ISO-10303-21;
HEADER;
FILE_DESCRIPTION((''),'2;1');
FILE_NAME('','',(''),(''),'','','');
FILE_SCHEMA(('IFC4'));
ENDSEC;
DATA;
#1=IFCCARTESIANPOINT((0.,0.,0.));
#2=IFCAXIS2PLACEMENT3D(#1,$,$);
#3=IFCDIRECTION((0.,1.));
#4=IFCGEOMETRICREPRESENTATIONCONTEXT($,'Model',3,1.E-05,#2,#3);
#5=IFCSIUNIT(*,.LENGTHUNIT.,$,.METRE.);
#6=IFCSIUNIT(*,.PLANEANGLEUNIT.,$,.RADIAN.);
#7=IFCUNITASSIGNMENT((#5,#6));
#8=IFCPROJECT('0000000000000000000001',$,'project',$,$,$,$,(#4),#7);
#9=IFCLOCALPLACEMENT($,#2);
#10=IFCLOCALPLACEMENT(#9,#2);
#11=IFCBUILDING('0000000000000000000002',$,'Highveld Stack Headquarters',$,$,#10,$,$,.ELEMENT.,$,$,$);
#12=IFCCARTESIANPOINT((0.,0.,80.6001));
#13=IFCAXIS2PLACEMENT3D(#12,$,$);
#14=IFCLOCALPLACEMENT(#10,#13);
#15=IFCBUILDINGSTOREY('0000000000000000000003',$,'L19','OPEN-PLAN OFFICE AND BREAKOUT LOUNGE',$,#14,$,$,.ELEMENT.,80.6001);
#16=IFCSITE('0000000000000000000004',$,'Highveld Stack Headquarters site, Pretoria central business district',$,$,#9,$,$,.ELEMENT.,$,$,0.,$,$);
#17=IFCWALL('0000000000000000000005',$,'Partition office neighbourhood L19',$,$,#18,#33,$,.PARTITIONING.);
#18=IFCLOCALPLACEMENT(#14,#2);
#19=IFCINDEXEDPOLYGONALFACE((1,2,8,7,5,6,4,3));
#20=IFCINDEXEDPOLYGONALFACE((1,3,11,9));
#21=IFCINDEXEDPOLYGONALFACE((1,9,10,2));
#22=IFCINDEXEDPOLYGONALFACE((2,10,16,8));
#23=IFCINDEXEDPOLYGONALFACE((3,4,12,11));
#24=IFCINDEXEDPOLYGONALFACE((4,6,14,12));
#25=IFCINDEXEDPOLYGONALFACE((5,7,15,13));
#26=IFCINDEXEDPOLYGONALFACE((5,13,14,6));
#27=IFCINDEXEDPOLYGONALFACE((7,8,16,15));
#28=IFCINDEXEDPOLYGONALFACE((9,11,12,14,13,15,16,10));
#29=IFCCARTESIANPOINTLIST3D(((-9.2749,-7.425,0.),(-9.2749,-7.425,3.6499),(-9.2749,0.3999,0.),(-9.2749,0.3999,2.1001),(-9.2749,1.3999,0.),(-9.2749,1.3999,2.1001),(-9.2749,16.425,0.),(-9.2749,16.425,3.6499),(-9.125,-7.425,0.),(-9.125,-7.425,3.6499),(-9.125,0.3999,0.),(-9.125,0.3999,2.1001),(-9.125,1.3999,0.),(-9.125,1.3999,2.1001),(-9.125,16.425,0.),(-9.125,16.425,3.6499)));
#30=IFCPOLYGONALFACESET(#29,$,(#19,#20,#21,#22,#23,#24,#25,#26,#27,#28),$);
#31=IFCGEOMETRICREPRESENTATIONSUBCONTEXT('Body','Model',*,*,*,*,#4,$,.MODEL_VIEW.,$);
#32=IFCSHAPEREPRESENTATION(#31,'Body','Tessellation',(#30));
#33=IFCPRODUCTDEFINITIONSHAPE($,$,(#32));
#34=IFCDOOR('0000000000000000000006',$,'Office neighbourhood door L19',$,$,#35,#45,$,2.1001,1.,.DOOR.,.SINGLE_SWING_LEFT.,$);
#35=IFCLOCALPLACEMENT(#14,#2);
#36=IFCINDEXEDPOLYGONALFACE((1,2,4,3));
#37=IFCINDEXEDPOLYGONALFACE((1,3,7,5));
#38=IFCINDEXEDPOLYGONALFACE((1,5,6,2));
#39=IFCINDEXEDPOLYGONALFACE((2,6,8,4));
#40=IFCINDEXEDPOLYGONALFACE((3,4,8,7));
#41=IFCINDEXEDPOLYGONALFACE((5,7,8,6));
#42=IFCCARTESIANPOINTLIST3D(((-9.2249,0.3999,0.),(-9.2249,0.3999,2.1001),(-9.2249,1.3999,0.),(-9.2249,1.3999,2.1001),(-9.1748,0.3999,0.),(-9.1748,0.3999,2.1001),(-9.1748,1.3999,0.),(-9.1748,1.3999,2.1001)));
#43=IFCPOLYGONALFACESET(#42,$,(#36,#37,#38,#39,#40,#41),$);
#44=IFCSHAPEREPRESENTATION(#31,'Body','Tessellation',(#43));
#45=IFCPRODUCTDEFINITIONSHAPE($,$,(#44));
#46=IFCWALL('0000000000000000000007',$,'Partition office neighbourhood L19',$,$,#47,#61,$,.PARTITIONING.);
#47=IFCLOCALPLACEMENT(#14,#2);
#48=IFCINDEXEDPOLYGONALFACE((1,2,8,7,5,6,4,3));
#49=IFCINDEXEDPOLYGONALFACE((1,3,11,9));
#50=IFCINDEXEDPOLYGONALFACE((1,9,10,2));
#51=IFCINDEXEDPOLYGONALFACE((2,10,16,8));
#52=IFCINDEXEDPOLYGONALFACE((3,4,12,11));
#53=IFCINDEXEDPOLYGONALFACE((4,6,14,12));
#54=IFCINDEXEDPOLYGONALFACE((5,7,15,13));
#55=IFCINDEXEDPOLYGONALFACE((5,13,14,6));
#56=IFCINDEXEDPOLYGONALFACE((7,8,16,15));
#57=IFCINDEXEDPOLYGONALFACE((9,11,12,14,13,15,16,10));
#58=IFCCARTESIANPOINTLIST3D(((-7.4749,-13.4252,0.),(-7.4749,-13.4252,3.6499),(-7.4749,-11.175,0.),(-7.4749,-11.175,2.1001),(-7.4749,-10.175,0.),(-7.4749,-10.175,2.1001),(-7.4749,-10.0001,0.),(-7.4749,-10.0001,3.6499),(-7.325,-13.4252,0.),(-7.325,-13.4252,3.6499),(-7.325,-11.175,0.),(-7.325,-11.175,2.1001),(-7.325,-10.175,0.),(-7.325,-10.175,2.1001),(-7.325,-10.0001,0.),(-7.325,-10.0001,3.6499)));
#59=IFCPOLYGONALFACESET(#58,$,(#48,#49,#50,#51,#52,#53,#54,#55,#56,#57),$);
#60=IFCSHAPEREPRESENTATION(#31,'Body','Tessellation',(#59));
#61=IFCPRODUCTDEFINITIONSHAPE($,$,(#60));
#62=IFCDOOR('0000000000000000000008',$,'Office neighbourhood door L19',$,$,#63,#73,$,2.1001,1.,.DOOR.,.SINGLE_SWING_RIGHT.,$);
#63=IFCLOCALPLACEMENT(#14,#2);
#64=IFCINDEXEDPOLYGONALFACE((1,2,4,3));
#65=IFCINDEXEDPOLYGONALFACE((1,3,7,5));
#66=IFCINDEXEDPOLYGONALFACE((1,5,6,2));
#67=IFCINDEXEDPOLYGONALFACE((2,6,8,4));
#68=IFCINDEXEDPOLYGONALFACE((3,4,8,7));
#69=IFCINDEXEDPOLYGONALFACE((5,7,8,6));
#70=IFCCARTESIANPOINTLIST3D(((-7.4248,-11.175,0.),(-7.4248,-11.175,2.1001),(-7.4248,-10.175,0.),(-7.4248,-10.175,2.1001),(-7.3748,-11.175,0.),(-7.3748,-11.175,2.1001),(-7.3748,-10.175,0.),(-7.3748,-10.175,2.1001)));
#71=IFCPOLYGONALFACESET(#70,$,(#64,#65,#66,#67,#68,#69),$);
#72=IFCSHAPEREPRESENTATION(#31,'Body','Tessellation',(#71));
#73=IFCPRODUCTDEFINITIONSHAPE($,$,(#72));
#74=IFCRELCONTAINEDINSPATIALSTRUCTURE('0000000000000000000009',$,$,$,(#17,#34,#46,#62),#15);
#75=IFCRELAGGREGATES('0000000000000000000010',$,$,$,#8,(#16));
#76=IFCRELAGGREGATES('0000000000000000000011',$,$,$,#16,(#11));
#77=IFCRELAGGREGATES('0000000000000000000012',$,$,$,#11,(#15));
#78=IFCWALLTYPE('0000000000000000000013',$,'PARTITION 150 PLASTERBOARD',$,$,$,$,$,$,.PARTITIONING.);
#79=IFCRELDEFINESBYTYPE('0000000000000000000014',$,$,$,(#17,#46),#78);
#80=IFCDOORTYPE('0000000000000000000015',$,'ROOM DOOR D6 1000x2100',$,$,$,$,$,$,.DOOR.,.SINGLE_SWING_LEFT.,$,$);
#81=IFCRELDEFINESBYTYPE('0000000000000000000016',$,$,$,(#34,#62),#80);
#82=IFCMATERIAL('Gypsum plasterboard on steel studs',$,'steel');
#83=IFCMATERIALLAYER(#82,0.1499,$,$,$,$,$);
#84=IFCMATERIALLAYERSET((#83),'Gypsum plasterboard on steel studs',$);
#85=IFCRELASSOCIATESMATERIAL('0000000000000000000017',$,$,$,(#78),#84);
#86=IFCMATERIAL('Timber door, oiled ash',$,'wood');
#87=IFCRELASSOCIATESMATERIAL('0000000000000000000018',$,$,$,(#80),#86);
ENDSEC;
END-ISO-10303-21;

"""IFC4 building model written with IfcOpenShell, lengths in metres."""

from ifc_helpers import new_model, si_unit, direction, frame, frame_2d, origin, place, context, subcontext, project, spatial, rectangle, extrude, material, layer, layer_set, type_object, element, fill, save


model = new_model("IFC4")

# Units and contexts
model_context = context("Model", 3, precision=1e-05, world=origin(), true_north=direction((0.0, 1.0)))
body_context = subcontext(model_context, "Body", "Model", "MODEL_VIEW")
ifc_project = project(units=[si_unit("LENGTHUNIT", "METRE"), si_unit("PLANEANGLEUNIT", "RADIAN")], contexts=[model_context])

# Site, building, storey
site_placement = place(None, origin())
site = spatial("IfcSite", under=ifc_project, at=site_placement, Name="Highveld Stack Headquarters site, Pretoria central business district", CompositionType="ELEMENT", RefElevation=0.0)
building_placement = place(site_placement, origin())
building = spatial("IfcBuilding", under=site, at=building_placement, Name="Highveld Stack Headquarters", CompositionType="ELEMENT")
storey_placement = place(building_placement, frame((0.0, 0.0, 80.6001)))
storey = spatial("IfcBuildingStorey", under=building, at=storey_placement, Name="L19", Description="OPEN-PLAN OFFICE AND BREAKOUT LOUNGE", CompositionType="ELEMENT", Elevation=80.6001)

# Walls, openings, doors
ifc_material_1 = material(Name="Gypsum plasterboard on steel studs", Category="steel")
ifc_layer_1 = layer(ifc_material_1, 0.1499)
ifc_layer_set_1 = layer_set([ifc_layer_1], Name="Gypsum plasterboard on steel studs")
wall_type_1 = type_object("IfcWallType", Name="PARTITION 150 PLASTERBOARD", PredefinedType="PARTITIONING", material=ifc_layer_set_1)
ifc_material_2 = material(Name="Timber door, oiled ash", Category="wood")
door_type_1 = type_object("IfcDoorType", Name="ROOM DOOR D6 1000x2100", OperationType="SINGLE_SWING_LEFT", PredefinedType="DOOR", material=ifc_material_2)
wall_1_placement = place(storey_placement, frame((-9.2, -7.425, 0.0), z_axis=(0.0, 0.0, 1.0), x_axis=(0.0, 1.0, 0.0)))
wall_1 = element("IfcWall", 1, at=wall_1_placement, inside=storey, type_object=wall_type_1, Name="Partition office neighbourhood L19", PredefinedType="PARTITIONING", context=body_context, shape_type="SweptSolid", body=[
    extrude(rectangle(XDim=23.8501, YDim=0.1499, at=frame_2d((11.925, 0.0))), origin(), (0.0, 0.0, 1.0), 3.6499),
])
opening_1_placement = place(wall_1_placement, frame((7.825, 0.0, 0.0)))
opening_1 = element("IfcOpeningElement", 2, at=opening_1_placement, cuts=wall_1, PredefinedType="OPENING", context=body_context, shape_type="SweptSolid", body=[
    extrude(rectangle(XDim=1.0, YDim=2.1001, at=frame_2d((0.5, 1.05))), frame((0.0, 0.085, 0.0), z_axis=(0.0, -1.0, 0.0), x_axis=(1.0, 0.0, 0.0)), (0.0, 0.0, 1.0), 0.1699),
])
door_1_placement = place(opening_1_placement, origin())
door_1 = element("IfcDoor", 3, at=door_1_placement, inside=storey, type_object=door_type_1, Name="Office neighbourhood door L19", OperationType="SINGLE_SWING_LEFT", OverallHeight=2.1001, OverallWidth=1.0, PredefinedType="DOOR", context=body_context, shape_type="SweptSolid", body=[
    extrude(rectangle(XDim=1.0, YDim=2.1001, at=frame_2d((0.5, 1.05))), frame((0.0, 0.0249, 0.0), z_axis=(0.0, -1.0, 0.0), x_axis=(1.0, 0.0, 0.0)), (0.0, 0.0, 1.0), 0.05),
])
fill(opening_1, door_1)
wall_2_placement = place(storey_placement, frame((-7.3999, -13.425, 0.0), z_axis=(0.0, 0.0, 1.0), x_axis=(0.0, 1.0, 0.0)))
wall_2 = element("IfcWall", 4, at=wall_2_placement, inside=storey, type_object=wall_type_1, Name="Partition office neighbourhood L19", PredefinedType="PARTITIONING", context=body_context, shape_type="SweptSolid", body=[
    extrude(rectangle(XDim=3.425, YDim=0.1499, at=frame_2d((1.7124, 0.0))), origin(), (0.0, 0.0, 1.0), 3.6499),
])
opening_2_placement = place(wall_2_placement, frame((2.25, 0.0, 0.0)))
opening_2 = element("IfcOpeningElement", 5, at=opening_2_placement, cuts=wall_2, PredefinedType="OPENING", context=body_context, shape_type="SweptSolid", body=[
    extrude(rectangle(XDim=1.0, YDim=2.1001, at=frame_2d((0.5, 1.05))), frame((0.0, 0.085, 0.0), z_axis=(0.0, -1.0, 0.0), x_axis=(1.0, 0.0, 0.0)), (0.0, 0.0, 1.0), 0.1699),
])
door_2_placement = place(opening_2_placement, origin())
door_2 = element("IfcDoor", 6, at=door_2_placement, inside=storey, type_object=door_type_1, Name="Office neighbourhood door L19", OperationType="SINGLE_SWING_RIGHT", OverallHeight=2.1001, OverallWidth=1.0, PredefinedType="DOOR", context=body_context, shape_type="SweptSolid", body=[
    extrude(rectangle(XDim=1.0, YDim=2.1001, at=frame_2d((0.5, 1.05))), frame((0.0, 0.0249, 0.0), z_axis=(0.0, -1.0, 0.0), x_axis=(1.0, 0.0, 0.0)), (0.0, 0.0, 1.0), 0.05),
])
fill(opening_2, door_2)

save(model, "model.ifc")
